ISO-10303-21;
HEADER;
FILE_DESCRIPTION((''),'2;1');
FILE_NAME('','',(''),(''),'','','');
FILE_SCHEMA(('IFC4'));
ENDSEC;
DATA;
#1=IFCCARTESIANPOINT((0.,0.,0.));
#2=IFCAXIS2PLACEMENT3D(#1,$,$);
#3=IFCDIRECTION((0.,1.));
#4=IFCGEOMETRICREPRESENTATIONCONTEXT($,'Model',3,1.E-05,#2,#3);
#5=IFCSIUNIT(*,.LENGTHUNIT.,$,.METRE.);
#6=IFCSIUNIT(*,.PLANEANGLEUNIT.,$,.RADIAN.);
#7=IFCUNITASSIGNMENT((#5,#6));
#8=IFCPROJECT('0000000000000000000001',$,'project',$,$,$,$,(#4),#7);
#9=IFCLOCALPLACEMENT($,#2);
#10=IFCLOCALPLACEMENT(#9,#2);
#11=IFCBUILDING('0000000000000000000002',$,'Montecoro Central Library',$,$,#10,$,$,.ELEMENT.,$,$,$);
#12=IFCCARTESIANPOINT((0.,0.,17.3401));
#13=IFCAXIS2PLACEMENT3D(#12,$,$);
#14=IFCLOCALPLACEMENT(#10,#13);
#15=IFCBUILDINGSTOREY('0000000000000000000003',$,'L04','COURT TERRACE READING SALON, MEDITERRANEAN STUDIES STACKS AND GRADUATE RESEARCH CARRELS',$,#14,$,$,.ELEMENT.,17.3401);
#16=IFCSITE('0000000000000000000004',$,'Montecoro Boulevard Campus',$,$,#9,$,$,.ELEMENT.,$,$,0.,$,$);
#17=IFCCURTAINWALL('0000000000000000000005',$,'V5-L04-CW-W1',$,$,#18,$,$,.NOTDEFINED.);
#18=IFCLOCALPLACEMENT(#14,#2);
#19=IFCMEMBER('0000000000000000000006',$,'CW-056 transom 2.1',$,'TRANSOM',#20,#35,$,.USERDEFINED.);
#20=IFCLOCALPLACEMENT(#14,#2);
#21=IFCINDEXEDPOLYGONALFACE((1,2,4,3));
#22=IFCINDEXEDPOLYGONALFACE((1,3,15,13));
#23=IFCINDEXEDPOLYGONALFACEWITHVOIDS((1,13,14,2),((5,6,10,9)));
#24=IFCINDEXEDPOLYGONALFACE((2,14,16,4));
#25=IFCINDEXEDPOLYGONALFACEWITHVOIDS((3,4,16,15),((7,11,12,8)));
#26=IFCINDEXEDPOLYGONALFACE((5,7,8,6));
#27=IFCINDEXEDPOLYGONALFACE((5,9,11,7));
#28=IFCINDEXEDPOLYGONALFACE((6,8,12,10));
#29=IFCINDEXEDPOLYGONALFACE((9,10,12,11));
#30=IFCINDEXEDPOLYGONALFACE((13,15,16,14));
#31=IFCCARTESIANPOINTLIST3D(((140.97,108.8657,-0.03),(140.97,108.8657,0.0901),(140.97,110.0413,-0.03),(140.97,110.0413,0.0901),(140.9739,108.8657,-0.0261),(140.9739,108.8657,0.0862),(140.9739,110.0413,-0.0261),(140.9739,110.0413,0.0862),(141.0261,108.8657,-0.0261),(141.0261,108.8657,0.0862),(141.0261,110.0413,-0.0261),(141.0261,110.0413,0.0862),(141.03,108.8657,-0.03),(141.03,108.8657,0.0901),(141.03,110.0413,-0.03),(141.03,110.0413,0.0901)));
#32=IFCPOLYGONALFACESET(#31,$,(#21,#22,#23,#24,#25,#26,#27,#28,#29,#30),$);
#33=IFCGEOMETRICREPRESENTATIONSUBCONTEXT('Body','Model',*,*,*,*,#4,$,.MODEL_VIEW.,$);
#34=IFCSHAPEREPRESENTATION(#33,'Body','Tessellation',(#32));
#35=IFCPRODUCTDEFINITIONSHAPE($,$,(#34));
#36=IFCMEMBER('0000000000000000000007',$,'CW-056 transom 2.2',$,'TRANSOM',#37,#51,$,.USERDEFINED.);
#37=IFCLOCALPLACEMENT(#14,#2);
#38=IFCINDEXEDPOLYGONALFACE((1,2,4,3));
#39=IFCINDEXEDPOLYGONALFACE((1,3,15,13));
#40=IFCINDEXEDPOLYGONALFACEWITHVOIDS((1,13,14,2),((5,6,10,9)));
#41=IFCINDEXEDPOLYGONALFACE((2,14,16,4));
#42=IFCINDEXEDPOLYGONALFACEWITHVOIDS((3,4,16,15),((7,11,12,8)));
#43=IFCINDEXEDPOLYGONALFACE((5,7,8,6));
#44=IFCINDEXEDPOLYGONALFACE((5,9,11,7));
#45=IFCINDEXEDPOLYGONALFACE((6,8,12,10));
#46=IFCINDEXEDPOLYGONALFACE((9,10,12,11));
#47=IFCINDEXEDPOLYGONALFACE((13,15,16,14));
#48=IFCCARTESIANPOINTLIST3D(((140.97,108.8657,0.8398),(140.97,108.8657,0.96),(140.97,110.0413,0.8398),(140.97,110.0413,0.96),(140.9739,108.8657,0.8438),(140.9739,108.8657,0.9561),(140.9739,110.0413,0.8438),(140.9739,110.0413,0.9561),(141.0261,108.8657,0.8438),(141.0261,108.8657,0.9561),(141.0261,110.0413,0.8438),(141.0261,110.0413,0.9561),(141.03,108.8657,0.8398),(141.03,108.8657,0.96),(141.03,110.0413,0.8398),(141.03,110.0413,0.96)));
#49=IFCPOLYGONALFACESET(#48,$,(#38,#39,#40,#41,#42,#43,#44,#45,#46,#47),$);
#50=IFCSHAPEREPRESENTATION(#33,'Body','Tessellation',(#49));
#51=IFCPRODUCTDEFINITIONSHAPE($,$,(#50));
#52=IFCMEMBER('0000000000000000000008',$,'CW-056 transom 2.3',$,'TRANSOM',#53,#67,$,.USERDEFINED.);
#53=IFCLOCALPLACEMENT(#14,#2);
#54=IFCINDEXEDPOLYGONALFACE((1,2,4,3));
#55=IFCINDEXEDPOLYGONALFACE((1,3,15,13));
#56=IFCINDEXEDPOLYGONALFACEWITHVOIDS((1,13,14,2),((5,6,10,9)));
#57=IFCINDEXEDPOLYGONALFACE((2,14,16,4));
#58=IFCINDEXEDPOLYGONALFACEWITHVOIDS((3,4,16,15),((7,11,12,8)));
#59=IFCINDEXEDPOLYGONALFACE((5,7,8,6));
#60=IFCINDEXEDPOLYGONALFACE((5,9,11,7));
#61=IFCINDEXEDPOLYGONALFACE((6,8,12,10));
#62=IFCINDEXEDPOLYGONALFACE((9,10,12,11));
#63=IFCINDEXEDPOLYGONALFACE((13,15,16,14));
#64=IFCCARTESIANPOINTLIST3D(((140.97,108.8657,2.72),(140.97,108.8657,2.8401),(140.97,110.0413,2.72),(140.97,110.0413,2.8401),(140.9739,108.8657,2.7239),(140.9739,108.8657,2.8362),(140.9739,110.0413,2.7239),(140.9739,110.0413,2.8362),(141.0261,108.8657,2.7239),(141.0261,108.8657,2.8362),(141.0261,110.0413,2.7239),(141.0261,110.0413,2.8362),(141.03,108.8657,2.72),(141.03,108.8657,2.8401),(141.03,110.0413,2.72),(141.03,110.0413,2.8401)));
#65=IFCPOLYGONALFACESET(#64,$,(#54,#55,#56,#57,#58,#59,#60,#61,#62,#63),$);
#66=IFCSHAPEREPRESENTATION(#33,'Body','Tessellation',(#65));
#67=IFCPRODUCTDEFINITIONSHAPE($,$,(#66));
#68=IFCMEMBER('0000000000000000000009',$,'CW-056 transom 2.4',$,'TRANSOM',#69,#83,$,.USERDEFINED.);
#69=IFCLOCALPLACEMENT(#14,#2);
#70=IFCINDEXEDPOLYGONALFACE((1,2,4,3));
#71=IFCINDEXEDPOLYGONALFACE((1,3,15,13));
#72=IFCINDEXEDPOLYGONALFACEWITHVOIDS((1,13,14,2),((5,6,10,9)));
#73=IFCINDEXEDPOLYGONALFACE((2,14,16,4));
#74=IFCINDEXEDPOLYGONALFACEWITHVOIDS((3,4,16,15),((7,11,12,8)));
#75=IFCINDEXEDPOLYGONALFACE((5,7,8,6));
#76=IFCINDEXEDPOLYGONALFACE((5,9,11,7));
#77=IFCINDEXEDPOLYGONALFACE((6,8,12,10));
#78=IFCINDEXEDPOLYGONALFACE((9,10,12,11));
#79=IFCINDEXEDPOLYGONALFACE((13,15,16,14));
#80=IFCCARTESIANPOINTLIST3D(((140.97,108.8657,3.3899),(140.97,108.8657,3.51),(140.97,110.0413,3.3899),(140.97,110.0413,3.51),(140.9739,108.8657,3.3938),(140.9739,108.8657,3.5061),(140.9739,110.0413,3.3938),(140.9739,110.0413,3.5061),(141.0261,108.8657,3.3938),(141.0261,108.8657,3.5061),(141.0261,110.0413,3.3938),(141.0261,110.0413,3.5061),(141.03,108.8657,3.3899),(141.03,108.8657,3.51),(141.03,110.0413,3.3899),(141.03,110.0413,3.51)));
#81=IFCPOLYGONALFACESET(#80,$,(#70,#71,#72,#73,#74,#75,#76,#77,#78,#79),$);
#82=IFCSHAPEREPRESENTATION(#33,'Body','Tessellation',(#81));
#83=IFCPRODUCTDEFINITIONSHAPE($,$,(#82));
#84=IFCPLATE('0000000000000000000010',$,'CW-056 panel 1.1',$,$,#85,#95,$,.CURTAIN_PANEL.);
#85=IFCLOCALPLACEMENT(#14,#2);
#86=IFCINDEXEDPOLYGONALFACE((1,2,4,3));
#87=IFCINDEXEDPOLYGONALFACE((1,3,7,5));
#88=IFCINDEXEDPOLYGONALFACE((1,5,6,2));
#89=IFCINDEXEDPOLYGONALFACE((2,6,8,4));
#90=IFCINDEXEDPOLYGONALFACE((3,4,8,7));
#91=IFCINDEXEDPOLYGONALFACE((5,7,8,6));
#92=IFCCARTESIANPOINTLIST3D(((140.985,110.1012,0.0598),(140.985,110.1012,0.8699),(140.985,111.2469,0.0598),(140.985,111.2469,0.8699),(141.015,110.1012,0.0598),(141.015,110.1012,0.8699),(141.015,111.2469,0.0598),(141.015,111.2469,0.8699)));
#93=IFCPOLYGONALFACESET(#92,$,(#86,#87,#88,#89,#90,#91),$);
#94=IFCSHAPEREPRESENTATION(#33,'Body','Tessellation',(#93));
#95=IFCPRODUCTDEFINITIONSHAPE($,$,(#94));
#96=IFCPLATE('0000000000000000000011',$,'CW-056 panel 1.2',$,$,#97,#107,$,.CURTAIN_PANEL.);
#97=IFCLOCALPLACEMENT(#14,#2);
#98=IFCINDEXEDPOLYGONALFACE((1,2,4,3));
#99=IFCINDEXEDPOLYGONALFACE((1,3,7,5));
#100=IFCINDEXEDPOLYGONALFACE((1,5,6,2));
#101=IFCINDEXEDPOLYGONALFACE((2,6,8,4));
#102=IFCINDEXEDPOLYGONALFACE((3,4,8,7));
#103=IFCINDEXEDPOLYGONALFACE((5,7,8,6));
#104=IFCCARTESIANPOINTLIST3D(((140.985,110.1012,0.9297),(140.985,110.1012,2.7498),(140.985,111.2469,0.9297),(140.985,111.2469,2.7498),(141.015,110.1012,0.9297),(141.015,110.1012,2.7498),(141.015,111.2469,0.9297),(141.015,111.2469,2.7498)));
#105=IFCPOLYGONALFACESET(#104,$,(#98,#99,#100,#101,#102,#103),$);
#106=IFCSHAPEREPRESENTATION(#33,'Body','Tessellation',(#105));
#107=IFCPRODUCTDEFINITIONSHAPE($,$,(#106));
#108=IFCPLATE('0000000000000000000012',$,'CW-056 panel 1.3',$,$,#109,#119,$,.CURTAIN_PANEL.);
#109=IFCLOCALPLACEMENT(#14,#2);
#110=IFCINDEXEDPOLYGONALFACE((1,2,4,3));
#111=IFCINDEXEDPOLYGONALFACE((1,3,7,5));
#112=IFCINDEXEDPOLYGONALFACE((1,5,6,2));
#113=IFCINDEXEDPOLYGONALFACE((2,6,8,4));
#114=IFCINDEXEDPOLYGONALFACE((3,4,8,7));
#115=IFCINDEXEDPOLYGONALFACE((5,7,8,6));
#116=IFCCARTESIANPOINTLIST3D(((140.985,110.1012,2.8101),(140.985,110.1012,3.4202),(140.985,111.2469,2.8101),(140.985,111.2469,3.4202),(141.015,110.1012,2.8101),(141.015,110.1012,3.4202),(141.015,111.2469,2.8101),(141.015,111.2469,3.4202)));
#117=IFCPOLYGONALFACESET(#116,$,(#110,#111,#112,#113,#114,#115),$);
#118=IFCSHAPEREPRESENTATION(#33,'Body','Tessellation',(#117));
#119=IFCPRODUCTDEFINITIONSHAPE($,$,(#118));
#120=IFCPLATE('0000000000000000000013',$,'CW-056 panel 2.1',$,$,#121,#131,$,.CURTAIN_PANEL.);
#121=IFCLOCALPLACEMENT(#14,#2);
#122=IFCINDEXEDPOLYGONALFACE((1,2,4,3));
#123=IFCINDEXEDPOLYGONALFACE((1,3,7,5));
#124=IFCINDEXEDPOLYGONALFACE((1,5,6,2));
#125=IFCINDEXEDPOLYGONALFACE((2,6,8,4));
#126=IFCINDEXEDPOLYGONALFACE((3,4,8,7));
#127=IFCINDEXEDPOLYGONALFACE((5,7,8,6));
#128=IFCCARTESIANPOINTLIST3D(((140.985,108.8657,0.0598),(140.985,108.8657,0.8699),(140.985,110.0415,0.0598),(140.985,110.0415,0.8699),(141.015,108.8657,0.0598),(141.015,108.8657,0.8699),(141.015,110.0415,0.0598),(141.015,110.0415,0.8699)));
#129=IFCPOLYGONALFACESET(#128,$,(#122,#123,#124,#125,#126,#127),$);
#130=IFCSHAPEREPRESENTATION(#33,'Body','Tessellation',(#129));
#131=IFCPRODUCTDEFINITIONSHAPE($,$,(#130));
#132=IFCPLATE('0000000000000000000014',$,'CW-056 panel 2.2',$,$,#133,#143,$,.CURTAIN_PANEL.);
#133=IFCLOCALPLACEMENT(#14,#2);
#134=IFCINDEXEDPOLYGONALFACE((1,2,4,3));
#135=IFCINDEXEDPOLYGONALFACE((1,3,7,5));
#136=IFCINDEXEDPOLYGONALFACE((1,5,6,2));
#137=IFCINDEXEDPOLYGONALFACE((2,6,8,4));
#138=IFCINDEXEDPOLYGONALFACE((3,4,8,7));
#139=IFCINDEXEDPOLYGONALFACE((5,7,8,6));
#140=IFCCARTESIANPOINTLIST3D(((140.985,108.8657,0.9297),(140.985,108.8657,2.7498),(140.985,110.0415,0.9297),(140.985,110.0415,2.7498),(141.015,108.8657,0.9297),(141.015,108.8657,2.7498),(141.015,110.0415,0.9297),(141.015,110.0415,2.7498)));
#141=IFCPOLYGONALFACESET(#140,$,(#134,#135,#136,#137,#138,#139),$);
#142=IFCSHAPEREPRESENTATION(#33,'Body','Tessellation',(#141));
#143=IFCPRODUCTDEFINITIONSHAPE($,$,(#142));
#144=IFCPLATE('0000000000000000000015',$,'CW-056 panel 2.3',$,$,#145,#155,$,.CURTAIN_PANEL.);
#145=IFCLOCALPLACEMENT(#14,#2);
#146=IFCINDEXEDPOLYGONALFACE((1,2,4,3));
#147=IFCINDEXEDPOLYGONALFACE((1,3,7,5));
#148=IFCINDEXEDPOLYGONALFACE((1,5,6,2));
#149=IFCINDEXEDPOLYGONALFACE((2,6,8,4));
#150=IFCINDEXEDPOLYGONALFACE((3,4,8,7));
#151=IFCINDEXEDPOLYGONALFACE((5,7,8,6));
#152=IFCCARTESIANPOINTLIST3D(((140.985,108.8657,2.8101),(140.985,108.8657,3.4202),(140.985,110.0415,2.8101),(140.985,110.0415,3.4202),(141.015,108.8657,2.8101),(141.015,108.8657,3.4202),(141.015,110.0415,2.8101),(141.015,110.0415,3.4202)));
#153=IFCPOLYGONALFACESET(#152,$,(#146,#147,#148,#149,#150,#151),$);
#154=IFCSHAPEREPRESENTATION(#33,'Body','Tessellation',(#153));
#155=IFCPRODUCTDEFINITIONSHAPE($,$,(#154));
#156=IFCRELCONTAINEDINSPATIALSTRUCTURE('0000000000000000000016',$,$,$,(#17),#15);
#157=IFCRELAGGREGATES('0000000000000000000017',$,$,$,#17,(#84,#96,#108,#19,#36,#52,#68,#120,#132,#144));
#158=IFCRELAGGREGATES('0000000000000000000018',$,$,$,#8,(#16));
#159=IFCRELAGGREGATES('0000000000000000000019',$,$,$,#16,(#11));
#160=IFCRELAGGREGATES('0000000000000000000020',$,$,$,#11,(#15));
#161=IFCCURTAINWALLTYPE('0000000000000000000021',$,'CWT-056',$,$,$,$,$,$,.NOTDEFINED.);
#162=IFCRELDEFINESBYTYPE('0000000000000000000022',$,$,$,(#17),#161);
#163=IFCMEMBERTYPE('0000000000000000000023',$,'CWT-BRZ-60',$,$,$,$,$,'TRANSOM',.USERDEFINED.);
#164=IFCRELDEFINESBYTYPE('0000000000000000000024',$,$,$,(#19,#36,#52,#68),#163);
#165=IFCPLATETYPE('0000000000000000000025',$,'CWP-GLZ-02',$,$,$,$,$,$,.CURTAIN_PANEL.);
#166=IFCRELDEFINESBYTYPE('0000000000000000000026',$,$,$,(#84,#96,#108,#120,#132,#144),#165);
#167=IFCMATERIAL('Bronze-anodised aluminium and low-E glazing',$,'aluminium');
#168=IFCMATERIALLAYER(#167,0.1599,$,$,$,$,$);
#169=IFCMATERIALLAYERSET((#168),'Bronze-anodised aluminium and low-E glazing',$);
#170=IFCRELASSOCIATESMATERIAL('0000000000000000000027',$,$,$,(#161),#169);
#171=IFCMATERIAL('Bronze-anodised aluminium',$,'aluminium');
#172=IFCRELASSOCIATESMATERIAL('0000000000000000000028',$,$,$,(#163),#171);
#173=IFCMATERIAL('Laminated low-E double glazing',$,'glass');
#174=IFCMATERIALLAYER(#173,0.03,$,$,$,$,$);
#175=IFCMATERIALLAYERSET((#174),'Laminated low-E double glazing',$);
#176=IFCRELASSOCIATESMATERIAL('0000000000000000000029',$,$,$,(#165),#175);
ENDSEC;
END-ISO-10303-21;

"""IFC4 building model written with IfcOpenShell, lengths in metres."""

from ifc_helpers import new_model, si_unit, direction, frame, origin, origin_2d, place, context, subcontext, project, spatial, rectangle, hollow_rectangle, extrude, material, layer, layer_set, material_profile, profile_set, type_object, element, aggregate, save


model = new_model("IFC4")

# Units and contexts
model_context = context("Model", 3, precision=1e-05, world=origin(), true_north=direction((0.0, 1.0)))
body_context = subcontext(model_context, "Body", "Model", "MODEL_VIEW")
ifc_project = project(units=[si_unit("LENGTHUNIT", "METRE"), si_unit("PLANEANGLEUNIT", "RADIAN")], contexts=[model_context])

# Site, building, storey
site_placement = place(None, origin())
site = spatial("IfcSite", under=ifc_project, at=site_placement, Name="Montecoro Boulevard Campus", CompositionType="ELEMENT", RefElevation=0.0)
building_placement = place(site_placement, origin())
building = spatial("IfcBuilding", under=site, at=building_placement, Name="Montecoro Central Library", CompositionType="ELEMENT")
storey_placement = place(building_placement, frame((0.0, 0.0, 17.3401)))
storey = spatial("IfcBuildingStorey", under=building, at=storey_placement, Name="L04", Description="COURT TERRACE READING SALON, MEDITERRANEAN STUDIES STACKS AND GRADUATE RESEARCH CARRELS", CompositionType="ELEMENT", Elevation=17.3401)

# Curtain wall, members, plates
ifc_material_1 = material(Name="Bronze-anodised aluminium and low-E glazing", Category="aluminium")
ifc_layer_1 = layer(ifc_material_1, 0.1599)
ifc_layer_set_1 = layer_set([ifc_layer_1], Name="Bronze-anodised aluminium and low-E glazing")
curtain_wall_type = type_object("IfcCurtainWallType", Name="CWT-056", PredefinedType="NOTDEFINED", material=ifc_layer_set_1)
curtain_wall_placement = place(storey_placement, origin())
curtain_wall = element("IfcCurtainWall", 1, at=curtain_wall_placement, inside=storey, type_object=curtain_wall_type, Name="V5-L04-CW-W1", PredefinedType="NOTDEFINED")
ifc_material_2 = material(Name="Bronze-anodised aluminium", Category="aluminium")
ifc_material_profile_1 = material_profile(ifc_material_2, hollow_rectangle(XDim=0.0601, YDim=0.1201, WallThickness=0.0039, at=origin_2d()), Name="CWT 120x60x4.0")
ifc_profile_set_1 = profile_set([ifc_material_profile_1], Name="Bronze-anodised aluminium")
member_type_1 = type_object("IfcMemberType", Name="CWT-BRZ-60", ElementType="TRANSOM", PredefinedType="USERDEFINED", material=ifc_profile_set_1)
member_1_placement = place(storey_placement, frame((141.0, 110.0413, 0.03), z_axis=(0.0, -1.0, 0.0), x_axis=(1.0, 0.0, 0.0)))
member_1 = element("IfcMember", 2, at=member_1_placement, type_object=member_type_1, Name="CW-056 transom 2.1", ObjectType="TRANSOM", PredefinedType="USERDEFINED", context=body_context, shape_type="SweptSolid", body=[
    extrude(hollow_rectangle(XDim=0.0601, YDim=0.1201, WallThickness=0.0039, at=origin_2d()), origin(), (0.0, 0.0, 1.0), 1.1755),
])
member_2_placement = place(storey_placement, frame((141.0, 110.0413, 0.8999), z_axis=(0.0, -1.0, 0.0), x_axis=(1.0, 0.0, 0.0)))
member_2 = element("IfcMember", 3, at=member_2_placement, type_object=member_type_1, Name="CW-056 transom 2.2", ObjectType="TRANSOM", PredefinedType="USERDEFINED", context=body_context, shape_type="SweptSolid", body=[
    extrude(hollow_rectangle(XDim=0.0601, YDim=0.1201, WallThickness=0.0039, at=origin_2d()), origin(), (0.0, 0.0, 1.0), 1.1755),
])
member_3_placement = place(storey_placement, frame((141.0, 110.0413, 2.78), z_axis=(0.0, -1.0, 0.0), x_axis=(1.0, 0.0, 0.0)))
member_3 = element("IfcMember", 4, at=member_3_placement, type_object=member_type_1, Name="CW-056 transom 2.3", ObjectType="TRANSOM", PredefinedType="USERDEFINED", context=body_context, shape_type="SweptSolid", body=[
    extrude(hollow_rectangle(XDim=0.0601, YDim=0.1201, WallThickness=0.0039, at=origin_2d()), origin(), (0.0, 0.0, 1.0), 1.1755),
])
member_4_placement = place(storey_placement, frame((141.0, 110.0413, 3.45), z_axis=(0.0, -1.0, 0.0), x_axis=(1.0, 0.0, 0.0)))
member_4 = element("IfcMember", 5, at=member_4_placement, type_object=member_type_1, Name="CW-056 transom 2.4", ObjectType="TRANSOM", PredefinedType="USERDEFINED", context=body_context, shape_type="SweptSolid", body=[
    extrude(hollow_rectangle(XDim=0.0601, YDim=0.1201, WallThickness=0.0039, at=origin_2d()), origin(), (0.0, 0.0, 1.0), 1.1755),
])
ifc_material_3 = material(Name="Laminated low-E double glazing", Category="glass")
ifc_layer_2 = layer(ifc_material_3, 0.03)
ifc_layer_set_2 = layer_set([ifc_layer_2], Name="Laminated low-E double glazing")
plate_type = type_object("IfcPlateType", Name="CWP-GLZ-02", PredefinedType="CURTAIN_PANEL", material=ifc_layer_set_2)
plate_1_placement = place(storey_placement, frame((141.0, 110.6741, 0.0598), z_axis=(0.0, 0.0, 1.0), x_axis=(0.0, -1.0, 0.0)))
plate_1 = element("IfcPlate", 6, at=plate_1_placement, type_object=plate_type, Name="CW-056 panel 1.1", PredefinedType="CURTAIN_PANEL", context=body_context, shape_type="SweptSolid", body=[
    extrude(rectangle(XDim=1.1458, YDim=0.03, at=origin_2d()), origin(), (0.0, 0.0, 1.0), 0.8101),
])
plate_2_placement = place(storey_placement, frame((141.0, 110.6741, 0.9297), z_axis=(0.0, 0.0, 1.0), x_axis=(0.0, -1.0, 0.0)))
plate_2 = element("IfcPlate", 7, at=plate_2_placement, type_object=plate_type, Name="CW-056 panel 1.2", PredefinedType="CURTAIN_PANEL", context=body_context, shape_type="SweptSolid", body=[
    extrude(rectangle(XDim=1.1458, YDim=0.03, at=origin_2d()), origin(), (0.0, 0.0, 1.0), 1.8201),
])
plate_3_placement = place(storey_placement, frame((141.0, 110.6741, 2.8101), z_axis=(0.0, 0.0, 1.0), x_axis=(0.0, -1.0, 0.0)))
plate_3 = element("IfcPlate", 8, at=plate_3_placement, type_object=plate_type, Name="CW-056 panel 1.3", PredefinedType="CURTAIN_PANEL", context=body_context, shape_type="SweptSolid", body=[
    extrude(rectangle(XDim=1.1458, YDim=0.03, at=origin_2d()), origin(), (0.0, 0.0, 1.0), 0.6101),
])
plate_4_placement = place(storey_placement, frame((141.0, 109.4536, 0.0598), z_axis=(0.0, 0.0, 1.0), x_axis=(0.0, -1.0, 0.0)))
plate_4 = element("IfcPlate", 9, at=plate_4_placement, type_object=plate_type, Name="CW-056 panel 2.1", PredefinedType="CURTAIN_PANEL", context=body_context, shape_type="SweptSolid", body=[
    extrude(rectangle(XDim=1.1758, YDim=0.03, at=origin_2d()), origin(), (0.0, 0.0, 1.0), 0.8101),
])
plate_5_placement = place(storey_placement, frame((141.0, 109.4536, 0.9297), z_axis=(0.0, 0.0, 1.0), x_axis=(0.0, -1.0, 0.0)))
plate_5 = element("IfcPlate", 10, at=plate_5_placement, type_object=plate_type, Name="CW-056 panel 2.2", PredefinedType="CURTAIN_PANEL", context=body_context, shape_type="SweptSolid", body=[
    extrude(rectangle(XDim=1.1758, YDim=0.03, at=origin_2d()), origin(), (0.0, 0.0, 1.0), 1.8201),
])
plate_6_placement = place(storey_placement, frame((141.0, 109.4536, 2.8101), z_axis=(0.0, 0.0, 1.0), x_axis=(0.0, -1.0, 0.0)))
plate_6 = element("IfcPlate", 11, at=plate_6_placement, type_object=plate_type, Name="CW-056 panel 2.3", PredefinedType="CURTAIN_PANEL", context=body_context, shape_type="SweptSolid", body=[
    extrude(rectangle(XDim=1.1758, YDim=0.03, at=origin_2d()), origin(), (0.0, 0.0, 1.0), 0.6101),
])
aggregate(curtain_wall, [plate_1, plate_2, plate_3, member_1, member_2, member_3, member_4, plate_4, plate_5, plate_6])

save(model, "model.ifc")
